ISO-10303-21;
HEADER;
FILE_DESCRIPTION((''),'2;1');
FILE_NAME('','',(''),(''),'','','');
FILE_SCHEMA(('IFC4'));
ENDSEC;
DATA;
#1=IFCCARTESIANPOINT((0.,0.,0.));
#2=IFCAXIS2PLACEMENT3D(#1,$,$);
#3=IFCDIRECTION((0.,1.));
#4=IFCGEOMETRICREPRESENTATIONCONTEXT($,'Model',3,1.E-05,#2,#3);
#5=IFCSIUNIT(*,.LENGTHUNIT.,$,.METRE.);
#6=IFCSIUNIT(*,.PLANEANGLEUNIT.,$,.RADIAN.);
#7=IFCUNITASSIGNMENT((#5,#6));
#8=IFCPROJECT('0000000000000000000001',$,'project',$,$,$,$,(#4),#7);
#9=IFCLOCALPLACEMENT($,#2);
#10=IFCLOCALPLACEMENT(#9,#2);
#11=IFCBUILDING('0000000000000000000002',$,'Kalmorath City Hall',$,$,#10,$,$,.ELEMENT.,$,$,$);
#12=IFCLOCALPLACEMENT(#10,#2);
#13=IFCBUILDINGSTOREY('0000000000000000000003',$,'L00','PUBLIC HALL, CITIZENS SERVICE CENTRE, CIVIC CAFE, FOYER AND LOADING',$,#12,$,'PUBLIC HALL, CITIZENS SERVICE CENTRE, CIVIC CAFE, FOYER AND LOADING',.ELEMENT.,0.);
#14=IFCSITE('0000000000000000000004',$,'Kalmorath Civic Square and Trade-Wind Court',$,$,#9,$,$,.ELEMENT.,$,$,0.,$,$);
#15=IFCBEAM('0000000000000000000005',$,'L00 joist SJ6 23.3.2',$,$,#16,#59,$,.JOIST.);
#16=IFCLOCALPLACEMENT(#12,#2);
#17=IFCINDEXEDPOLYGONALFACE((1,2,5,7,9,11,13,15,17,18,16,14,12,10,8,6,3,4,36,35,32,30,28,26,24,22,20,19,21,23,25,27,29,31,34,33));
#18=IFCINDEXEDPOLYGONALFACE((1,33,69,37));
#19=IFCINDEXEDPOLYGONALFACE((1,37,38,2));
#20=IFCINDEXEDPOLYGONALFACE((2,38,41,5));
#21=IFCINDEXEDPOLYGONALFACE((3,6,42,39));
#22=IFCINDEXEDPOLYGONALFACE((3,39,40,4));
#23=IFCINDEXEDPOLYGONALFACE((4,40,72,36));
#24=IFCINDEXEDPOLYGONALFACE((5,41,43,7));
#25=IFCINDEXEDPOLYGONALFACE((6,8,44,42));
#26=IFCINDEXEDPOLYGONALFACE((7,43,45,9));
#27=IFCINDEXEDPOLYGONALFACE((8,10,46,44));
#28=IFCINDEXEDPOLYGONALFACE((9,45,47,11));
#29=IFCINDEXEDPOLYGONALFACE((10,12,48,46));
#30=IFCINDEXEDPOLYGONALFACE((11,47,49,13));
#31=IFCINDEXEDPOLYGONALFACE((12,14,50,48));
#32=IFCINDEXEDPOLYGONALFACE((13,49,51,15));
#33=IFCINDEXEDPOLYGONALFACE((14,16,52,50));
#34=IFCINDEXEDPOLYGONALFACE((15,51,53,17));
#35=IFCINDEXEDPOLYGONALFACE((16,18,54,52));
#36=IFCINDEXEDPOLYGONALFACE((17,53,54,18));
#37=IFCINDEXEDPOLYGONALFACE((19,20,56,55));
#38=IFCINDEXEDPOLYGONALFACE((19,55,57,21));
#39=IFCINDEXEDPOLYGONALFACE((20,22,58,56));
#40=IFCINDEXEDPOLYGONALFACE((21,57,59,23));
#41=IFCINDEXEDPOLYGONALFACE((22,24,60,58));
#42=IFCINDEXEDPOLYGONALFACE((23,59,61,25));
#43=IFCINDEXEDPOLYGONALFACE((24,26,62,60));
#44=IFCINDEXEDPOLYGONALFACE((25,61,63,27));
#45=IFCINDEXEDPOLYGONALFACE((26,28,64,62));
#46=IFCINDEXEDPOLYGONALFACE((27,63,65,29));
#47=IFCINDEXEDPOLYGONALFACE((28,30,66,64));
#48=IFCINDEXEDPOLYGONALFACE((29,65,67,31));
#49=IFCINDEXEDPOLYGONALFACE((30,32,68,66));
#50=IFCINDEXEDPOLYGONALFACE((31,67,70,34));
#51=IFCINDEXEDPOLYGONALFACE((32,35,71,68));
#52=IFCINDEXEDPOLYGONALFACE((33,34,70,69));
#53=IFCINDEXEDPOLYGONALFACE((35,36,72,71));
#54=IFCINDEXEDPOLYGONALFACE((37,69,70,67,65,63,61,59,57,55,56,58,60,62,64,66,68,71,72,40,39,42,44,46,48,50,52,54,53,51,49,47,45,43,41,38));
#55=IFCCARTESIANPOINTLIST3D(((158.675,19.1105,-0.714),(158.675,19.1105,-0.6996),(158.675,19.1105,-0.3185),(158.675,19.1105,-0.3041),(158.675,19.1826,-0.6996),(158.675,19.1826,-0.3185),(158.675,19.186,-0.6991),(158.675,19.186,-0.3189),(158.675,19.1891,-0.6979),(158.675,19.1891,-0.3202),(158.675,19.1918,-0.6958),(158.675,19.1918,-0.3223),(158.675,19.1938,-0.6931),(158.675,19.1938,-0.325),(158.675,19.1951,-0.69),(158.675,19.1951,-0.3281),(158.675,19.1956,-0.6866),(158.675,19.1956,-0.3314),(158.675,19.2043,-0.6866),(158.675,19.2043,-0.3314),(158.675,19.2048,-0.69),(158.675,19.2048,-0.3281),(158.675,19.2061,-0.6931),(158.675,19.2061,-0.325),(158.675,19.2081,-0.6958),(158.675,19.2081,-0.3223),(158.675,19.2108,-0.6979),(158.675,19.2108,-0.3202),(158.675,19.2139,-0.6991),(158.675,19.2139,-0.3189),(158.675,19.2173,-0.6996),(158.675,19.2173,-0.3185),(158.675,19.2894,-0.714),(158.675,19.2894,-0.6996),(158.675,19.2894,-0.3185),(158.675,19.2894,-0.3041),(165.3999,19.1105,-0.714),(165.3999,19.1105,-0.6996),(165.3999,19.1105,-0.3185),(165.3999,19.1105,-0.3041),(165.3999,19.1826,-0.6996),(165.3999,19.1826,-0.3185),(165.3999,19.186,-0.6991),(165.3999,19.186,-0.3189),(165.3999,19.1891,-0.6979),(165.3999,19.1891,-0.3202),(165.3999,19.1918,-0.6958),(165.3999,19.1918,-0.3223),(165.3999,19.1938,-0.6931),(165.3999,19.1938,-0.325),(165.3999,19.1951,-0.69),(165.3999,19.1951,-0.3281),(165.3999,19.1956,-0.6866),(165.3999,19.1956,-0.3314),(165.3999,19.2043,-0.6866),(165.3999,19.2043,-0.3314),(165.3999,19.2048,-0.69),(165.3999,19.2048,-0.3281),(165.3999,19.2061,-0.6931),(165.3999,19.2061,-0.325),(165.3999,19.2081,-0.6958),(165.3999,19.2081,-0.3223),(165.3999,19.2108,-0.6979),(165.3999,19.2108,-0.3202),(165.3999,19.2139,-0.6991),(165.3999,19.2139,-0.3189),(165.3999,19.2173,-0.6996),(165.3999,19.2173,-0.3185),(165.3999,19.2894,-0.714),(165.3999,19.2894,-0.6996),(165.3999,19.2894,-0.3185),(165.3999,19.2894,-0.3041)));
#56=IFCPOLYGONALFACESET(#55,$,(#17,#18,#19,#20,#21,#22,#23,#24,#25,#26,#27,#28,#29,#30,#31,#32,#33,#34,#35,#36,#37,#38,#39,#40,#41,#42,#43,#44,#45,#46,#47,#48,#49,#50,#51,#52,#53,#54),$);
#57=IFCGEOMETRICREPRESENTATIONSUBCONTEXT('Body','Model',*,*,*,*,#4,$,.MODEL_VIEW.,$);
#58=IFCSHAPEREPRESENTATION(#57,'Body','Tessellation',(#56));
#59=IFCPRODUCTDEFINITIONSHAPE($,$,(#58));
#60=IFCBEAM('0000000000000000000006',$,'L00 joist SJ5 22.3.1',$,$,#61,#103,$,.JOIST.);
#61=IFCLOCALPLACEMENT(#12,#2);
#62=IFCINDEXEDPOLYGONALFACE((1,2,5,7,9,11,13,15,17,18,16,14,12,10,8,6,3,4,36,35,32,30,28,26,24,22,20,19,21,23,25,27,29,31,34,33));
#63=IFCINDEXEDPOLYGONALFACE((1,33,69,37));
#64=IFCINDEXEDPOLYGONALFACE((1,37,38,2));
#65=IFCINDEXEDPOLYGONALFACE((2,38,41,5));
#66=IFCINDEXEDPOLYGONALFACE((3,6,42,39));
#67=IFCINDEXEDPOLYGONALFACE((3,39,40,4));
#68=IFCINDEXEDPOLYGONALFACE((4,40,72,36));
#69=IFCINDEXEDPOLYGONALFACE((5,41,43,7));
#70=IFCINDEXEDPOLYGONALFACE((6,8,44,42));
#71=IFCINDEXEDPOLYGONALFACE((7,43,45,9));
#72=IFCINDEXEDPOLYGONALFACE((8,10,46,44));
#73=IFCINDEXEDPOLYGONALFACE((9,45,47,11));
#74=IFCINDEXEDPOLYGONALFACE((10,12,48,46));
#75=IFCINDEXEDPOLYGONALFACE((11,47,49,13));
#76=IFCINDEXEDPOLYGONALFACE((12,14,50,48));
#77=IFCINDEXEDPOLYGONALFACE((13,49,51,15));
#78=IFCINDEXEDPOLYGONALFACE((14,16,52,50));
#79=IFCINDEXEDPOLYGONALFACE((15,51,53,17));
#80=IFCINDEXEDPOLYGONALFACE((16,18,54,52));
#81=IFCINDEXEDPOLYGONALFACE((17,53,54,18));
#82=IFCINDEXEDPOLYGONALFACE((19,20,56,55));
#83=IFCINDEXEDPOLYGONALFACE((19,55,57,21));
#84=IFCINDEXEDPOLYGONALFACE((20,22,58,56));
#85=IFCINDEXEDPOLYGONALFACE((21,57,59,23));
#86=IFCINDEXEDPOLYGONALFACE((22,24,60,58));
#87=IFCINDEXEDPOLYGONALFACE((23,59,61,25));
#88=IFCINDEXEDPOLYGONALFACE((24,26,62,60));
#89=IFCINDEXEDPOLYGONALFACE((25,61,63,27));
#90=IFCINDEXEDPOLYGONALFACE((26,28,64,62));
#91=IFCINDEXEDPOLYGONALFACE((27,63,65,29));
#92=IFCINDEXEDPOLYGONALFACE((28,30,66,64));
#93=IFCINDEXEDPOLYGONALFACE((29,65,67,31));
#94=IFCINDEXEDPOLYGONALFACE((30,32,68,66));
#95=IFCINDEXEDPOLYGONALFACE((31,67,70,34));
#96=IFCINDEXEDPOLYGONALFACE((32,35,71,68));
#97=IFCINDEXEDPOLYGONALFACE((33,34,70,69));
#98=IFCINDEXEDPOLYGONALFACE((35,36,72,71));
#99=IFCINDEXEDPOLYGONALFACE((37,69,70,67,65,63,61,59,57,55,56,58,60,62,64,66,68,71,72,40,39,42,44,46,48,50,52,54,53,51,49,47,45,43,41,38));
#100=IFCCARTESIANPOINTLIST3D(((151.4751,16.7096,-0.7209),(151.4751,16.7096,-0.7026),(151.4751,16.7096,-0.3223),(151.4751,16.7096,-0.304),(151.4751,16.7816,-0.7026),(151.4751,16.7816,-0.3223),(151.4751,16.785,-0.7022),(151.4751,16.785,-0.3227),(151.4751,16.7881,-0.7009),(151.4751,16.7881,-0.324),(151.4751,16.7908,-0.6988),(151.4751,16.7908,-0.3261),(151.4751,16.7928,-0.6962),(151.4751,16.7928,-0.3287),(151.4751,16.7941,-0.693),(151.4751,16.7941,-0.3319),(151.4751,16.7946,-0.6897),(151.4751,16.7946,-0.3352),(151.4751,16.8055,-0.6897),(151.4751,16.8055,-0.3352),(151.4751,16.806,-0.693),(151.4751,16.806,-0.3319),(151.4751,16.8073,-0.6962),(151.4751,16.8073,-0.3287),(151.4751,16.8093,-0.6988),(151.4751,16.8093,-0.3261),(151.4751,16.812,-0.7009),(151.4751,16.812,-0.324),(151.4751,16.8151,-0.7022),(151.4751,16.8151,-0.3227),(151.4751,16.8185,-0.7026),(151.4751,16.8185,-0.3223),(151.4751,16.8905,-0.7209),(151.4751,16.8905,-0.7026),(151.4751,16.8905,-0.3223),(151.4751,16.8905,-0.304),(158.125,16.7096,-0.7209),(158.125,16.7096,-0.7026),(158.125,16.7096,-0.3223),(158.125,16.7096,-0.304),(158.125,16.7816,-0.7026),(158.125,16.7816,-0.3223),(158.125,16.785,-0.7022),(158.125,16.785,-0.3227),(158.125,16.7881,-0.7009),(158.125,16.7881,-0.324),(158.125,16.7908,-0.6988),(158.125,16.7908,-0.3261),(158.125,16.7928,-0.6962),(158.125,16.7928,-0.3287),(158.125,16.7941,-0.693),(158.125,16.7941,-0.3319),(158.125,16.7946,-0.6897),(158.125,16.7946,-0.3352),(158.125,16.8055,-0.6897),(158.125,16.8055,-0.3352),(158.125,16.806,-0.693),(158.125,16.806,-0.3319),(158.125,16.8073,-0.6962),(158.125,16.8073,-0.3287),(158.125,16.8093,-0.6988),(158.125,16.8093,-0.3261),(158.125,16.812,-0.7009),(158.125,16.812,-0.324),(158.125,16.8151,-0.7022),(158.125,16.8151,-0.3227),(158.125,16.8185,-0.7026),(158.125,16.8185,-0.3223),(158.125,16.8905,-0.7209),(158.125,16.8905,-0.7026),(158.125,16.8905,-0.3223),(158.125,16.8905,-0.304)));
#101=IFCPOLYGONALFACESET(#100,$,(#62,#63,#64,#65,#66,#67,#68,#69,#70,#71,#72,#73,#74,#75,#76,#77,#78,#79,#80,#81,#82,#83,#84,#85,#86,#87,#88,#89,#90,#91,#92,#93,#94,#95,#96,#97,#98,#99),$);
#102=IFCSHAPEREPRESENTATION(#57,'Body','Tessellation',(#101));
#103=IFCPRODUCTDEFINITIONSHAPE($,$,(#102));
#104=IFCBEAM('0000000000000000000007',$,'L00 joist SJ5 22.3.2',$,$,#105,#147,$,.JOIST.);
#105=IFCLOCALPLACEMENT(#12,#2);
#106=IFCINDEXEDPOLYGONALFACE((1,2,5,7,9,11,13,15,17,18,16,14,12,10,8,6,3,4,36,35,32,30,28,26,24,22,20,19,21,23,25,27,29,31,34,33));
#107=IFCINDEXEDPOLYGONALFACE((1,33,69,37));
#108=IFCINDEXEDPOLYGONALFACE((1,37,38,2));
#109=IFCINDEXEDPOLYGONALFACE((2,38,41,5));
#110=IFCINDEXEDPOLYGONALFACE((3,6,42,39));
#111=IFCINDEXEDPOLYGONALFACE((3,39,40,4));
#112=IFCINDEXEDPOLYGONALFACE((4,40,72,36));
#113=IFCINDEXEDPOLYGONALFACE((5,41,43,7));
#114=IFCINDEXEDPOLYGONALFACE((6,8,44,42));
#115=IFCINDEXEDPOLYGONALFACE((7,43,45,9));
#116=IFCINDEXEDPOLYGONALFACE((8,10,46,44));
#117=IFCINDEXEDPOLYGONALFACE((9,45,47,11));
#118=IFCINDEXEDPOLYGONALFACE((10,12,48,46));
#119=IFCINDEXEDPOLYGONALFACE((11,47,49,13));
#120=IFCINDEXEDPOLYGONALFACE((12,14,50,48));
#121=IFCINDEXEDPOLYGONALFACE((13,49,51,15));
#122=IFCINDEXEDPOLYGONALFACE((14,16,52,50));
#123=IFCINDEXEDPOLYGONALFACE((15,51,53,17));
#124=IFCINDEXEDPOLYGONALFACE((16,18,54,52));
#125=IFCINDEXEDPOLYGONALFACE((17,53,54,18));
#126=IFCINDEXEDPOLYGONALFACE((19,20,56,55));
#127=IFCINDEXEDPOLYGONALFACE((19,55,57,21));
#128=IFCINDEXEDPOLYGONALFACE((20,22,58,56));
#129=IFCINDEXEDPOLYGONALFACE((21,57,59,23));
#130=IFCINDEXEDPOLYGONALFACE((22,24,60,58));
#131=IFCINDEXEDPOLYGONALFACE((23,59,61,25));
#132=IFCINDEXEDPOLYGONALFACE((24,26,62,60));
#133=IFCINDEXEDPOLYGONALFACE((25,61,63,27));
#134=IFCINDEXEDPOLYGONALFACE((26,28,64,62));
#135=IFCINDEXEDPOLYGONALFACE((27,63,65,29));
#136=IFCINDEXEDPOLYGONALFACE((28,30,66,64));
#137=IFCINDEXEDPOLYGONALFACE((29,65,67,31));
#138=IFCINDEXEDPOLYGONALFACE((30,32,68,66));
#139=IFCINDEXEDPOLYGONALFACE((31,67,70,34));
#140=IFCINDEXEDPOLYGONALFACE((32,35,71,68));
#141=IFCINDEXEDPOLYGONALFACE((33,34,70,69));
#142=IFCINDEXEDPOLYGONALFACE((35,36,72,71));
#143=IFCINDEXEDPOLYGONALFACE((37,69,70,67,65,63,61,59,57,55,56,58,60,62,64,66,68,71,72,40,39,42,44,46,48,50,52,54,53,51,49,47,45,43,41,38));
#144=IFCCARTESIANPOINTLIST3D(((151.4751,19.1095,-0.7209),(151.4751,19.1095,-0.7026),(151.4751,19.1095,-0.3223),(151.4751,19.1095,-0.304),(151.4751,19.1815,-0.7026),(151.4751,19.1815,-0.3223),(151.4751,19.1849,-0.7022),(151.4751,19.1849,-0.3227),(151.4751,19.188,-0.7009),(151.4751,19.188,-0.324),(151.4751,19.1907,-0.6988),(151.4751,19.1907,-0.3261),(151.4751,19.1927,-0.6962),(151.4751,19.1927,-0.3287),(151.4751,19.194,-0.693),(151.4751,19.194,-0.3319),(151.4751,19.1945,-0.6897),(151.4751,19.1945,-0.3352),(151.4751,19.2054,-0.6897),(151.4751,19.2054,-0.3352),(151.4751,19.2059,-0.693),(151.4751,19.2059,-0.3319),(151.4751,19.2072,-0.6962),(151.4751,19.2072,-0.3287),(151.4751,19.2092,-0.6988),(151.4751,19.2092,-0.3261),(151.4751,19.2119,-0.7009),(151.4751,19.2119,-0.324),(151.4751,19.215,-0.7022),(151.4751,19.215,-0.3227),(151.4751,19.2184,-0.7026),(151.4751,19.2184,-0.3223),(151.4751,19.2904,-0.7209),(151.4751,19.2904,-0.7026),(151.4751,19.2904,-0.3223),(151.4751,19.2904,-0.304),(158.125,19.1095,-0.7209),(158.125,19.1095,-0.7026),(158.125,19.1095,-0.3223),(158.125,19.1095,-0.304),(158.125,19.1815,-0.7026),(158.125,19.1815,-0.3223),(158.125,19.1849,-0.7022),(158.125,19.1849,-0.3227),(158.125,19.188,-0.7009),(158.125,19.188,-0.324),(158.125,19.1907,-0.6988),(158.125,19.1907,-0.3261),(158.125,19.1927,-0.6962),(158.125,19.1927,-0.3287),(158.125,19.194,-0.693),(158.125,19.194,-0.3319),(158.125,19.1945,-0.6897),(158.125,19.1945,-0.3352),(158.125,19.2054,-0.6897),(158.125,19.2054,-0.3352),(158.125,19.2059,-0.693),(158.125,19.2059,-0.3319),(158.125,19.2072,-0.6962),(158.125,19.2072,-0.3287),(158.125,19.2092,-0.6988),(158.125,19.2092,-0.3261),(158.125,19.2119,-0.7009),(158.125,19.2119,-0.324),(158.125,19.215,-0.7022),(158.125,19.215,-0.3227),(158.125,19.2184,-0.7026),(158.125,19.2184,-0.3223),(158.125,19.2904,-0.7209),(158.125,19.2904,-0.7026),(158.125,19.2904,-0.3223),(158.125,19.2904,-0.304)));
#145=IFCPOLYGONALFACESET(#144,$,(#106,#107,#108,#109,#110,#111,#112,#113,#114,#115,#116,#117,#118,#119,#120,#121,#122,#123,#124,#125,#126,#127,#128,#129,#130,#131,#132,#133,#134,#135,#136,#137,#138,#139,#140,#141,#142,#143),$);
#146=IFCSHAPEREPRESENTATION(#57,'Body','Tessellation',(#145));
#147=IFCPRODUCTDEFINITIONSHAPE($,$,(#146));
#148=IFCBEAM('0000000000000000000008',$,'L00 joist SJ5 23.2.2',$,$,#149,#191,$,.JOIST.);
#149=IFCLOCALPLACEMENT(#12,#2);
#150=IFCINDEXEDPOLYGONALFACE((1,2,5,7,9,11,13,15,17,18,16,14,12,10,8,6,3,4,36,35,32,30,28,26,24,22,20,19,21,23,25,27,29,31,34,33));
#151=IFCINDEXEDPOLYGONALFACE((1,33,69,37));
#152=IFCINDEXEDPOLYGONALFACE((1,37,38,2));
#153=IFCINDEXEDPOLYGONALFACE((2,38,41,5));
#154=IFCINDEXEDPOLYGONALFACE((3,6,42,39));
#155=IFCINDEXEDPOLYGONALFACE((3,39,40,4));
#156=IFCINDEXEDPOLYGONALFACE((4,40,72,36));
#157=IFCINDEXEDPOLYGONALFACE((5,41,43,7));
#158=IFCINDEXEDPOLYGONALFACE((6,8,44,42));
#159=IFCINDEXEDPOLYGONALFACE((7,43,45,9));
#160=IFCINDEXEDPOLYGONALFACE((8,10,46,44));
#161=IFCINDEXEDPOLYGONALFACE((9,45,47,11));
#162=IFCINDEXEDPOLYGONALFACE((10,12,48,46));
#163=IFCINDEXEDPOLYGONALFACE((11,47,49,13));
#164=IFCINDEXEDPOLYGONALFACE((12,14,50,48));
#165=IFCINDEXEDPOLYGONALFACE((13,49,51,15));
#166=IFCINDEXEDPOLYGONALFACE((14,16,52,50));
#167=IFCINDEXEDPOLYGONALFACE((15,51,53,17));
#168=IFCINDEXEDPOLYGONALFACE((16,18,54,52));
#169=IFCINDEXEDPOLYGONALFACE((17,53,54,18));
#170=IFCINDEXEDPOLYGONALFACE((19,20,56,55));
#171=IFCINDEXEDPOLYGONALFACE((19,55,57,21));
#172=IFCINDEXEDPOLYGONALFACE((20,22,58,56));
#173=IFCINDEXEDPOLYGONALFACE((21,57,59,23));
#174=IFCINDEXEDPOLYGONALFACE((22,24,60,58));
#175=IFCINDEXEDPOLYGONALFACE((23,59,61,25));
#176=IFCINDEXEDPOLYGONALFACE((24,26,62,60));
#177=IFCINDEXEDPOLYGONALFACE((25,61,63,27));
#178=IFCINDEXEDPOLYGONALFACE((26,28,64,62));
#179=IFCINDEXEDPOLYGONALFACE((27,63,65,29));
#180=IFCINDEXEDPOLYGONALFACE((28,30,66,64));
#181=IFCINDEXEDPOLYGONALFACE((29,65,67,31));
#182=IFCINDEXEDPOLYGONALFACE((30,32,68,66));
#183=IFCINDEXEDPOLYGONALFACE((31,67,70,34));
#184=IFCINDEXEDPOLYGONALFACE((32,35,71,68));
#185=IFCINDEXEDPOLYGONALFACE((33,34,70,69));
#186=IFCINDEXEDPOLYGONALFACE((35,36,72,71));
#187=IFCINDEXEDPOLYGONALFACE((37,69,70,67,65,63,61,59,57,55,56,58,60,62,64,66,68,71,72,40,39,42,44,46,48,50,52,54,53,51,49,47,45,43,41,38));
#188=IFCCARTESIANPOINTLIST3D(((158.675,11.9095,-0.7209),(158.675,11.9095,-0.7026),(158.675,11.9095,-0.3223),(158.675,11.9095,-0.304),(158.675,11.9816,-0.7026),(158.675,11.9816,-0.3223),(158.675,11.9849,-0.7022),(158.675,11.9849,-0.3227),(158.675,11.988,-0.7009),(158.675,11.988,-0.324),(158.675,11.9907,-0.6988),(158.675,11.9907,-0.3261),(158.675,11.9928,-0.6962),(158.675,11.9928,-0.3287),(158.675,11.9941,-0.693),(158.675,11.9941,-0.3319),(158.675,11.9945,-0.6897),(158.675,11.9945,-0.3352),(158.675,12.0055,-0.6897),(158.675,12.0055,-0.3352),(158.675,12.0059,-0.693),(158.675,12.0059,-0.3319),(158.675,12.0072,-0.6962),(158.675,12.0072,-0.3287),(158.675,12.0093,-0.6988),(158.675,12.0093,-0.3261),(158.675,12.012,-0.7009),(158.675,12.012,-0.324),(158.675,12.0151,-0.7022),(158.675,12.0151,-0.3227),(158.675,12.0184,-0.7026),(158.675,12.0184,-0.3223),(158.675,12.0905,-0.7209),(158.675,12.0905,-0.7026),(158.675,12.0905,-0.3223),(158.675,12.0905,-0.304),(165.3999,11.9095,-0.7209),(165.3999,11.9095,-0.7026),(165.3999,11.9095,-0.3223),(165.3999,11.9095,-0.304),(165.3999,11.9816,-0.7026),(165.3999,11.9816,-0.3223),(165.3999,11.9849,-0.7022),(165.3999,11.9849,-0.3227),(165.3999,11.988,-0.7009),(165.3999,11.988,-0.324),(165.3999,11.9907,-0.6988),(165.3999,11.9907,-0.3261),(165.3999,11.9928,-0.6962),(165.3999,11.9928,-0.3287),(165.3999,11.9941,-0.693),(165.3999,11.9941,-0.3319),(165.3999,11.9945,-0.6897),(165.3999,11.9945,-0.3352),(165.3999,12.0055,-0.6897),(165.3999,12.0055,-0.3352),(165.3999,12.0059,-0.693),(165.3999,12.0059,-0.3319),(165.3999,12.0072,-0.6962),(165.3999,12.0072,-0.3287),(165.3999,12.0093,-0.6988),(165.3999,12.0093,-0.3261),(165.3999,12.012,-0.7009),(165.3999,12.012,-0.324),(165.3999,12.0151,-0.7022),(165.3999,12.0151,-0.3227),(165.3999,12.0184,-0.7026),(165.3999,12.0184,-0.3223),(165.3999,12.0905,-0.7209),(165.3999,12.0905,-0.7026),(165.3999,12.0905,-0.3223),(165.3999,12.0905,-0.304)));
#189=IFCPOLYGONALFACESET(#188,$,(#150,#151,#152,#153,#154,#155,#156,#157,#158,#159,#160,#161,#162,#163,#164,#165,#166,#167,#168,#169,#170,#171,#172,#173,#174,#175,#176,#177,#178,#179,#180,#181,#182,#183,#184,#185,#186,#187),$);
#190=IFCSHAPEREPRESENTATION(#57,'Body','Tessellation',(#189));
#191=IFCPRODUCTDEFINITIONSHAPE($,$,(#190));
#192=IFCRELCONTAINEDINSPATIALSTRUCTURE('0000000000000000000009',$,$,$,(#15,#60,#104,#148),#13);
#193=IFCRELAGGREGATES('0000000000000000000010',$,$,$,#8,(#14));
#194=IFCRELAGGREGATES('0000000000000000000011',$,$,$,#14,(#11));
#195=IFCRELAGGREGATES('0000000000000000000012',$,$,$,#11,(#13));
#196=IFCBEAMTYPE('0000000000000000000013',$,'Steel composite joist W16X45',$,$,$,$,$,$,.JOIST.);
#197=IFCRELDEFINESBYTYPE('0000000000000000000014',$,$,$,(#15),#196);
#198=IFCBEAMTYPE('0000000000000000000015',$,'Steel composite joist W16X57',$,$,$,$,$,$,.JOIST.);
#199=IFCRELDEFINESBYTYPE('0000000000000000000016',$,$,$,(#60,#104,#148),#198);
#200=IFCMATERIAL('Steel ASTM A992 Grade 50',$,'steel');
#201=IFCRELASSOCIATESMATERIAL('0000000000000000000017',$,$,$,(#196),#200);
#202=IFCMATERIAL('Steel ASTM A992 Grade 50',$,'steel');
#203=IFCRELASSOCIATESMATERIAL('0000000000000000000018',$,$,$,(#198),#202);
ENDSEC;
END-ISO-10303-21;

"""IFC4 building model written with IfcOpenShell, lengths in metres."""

from ifc_helpers import new_model, si_unit, direction, frame, origin, origin_2d, place, context, subcontext, project, spatial, i_section, extrude, material, material_profile, profile_set, type_object, element, save


model = new_model("IFC4")

# Units and contexts
model_context = context("Model", 3, precision=1e-05, world=origin(), true_north=direction((0.0, 1.0)))
body_context = subcontext(model_context, "Body", "Model", "MODEL_VIEW")
ifc_project = project(units=[si_unit("LENGTHUNIT", "METRE"), si_unit("PLANEANGLEUNIT", "RADIAN")], contexts=[model_context])

# Site, building, storey
site_placement = place(None, origin())
site = spatial("IfcSite", under=ifc_project, at=site_placement, Name="Kalmorath Civic Square and Trade-Wind Court", CompositionType="ELEMENT", RefElevation=0.0)
building_placement = place(site_placement, origin())
building = spatial("IfcBuilding", under=site, at=building_placement, Name="Kalmorath City Hall", CompositionType="ELEMENT")
storey_placement = place(building_placement, origin())
storey = spatial("IfcBuildingStorey", under=building, at=storey_placement, Name="L00", Description="PUBLIC HALL, CITIZENS SERVICE CENTRE, CIVIC CAFE, FOYER AND LOADING", LongName="PUBLIC HALL, CITIZENS SERVICE CENTRE, CIVIC CAFE, FOYER AND LOADING", CompositionType="ELEMENT", Elevation=0.0)

# Beams
ifc_material_1 = material(Name="Steel ASTM A992 Grade 50", Category="steel")
ifc_material_profile_1 = material_profile(ifc_material_1, i_section(OverallWidth=0.179, OverallDepth=0.4099, WebThickness=0.0088, FlangeThickness=0.0144, FilletRadius=0.0129, at=origin_2d()), Name="W16X45")
ifc_profile_set_1 = profile_set([ifc_material_profile_1], Name="Steel ASTM A992 Grade 50")
beam_type_1 = type_object("IfcBeamType", Name="Steel composite joist W16X45", PredefinedType="JOIST", material=ifc_profile_set_1)
for number, where, z_axis, x_axis, name in (
    (1, (158.675, 19.2, -0.509), (1.0, 0.0, 0.0), (0.0, 1.0, 0.0), "L00 joist SJ6 23.3.2"),
):
    element("IfcBeam", number, at=place(storey_placement, frame(where, z_axis=z_axis, x_axis=x_axis)), inside=storey, type_object=beam_type_1, Name=name, PredefinedType="JOIST", context=body_context, shape_type="SweptSolid", body=[
        extrude(i_section(OverallWidth=0.179, OverallDepth=0.4099, WebThickness=0.0088, FlangeThickness=0.0144, FilletRadius=0.0129, at=origin_2d()), origin(), (0.0, 0.0, 1.0), 6.7249),
    ])
ifc_material_2 = material(Name="Steel ASTM A992 Grade 50", Category="steel")
ifc_material_profile_2 = material_profile(ifc_material_2, i_section(OverallWidth=0.1809, OverallDepth=0.417, WebThickness=0.011, FlangeThickness=0.0183, FilletRadius=0.0129, at=origin_2d()), Name="W16X57")
ifc_profile_set_2 = profile_set([ifc_material_profile_2], Name="Steel ASTM A992 Grade 50")
beam_type_2 = type_object("IfcBeamType", Name="Steel composite joist W16X57", PredefinedType="JOIST", material=ifc_profile_set_2)
for number, where, z_axis, x_axis, name in (
    (2, (151.4751, 16.8, -0.5125), (1.0, 0.0, 0.0), (0.0, 1.0, 0.0), "L00 joist SJ5 22.3.1"),
    (3, (151.4751, 19.2, -0.5125), (1.0, 0.0, 0.0), (0.0, 1.0, 0.0), "L00 joist SJ5 22.3.2"),
):
    element("IfcBeam", number, at=place(storey_placement, frame(where, z_axis=z_axis, x_axis=x_axis)), inside=storey, type_object=beam_type_2, Name=name, PredefinedType="JOIST", context=body_context, shape_type="SweptSolid", body=[
        extrude(i_section(OverallWidth=0.1809, OverallDepth=0.417, WebThickness=0.011, FlangeThickness=0.0183, FilletRadius=0.0129, at=origin_2d()), origin(), (0.0, 0.0, 1.0), 6.6499),
    ])
beam_1_placement = place(storey_placement, frame((158.675, 12.0, -0.5125), z_axis=(1.0, 0.0, 0.0), x_axis=(0.0, 1.0, 0.0)))
element("IfcBeam", 4, at=beam_1_placement, inside=storey, type_object=beam_type_2, Name="L00 joist SJ5 23.2.2", PredefinedType="JOIST", context=body_context, shape_type="SweptSolid", body=[
    extrude(i_section(OverallWidth=0.1809, OverallDepth=0.417, WebThickness=0.011, FlangeThickness=0.0183, FilletRadius=0.0129, at=origin_2d()), origin(), (0.0, 0.0, 1.0), 6.7249),
])

save(model, "model.ifc")
